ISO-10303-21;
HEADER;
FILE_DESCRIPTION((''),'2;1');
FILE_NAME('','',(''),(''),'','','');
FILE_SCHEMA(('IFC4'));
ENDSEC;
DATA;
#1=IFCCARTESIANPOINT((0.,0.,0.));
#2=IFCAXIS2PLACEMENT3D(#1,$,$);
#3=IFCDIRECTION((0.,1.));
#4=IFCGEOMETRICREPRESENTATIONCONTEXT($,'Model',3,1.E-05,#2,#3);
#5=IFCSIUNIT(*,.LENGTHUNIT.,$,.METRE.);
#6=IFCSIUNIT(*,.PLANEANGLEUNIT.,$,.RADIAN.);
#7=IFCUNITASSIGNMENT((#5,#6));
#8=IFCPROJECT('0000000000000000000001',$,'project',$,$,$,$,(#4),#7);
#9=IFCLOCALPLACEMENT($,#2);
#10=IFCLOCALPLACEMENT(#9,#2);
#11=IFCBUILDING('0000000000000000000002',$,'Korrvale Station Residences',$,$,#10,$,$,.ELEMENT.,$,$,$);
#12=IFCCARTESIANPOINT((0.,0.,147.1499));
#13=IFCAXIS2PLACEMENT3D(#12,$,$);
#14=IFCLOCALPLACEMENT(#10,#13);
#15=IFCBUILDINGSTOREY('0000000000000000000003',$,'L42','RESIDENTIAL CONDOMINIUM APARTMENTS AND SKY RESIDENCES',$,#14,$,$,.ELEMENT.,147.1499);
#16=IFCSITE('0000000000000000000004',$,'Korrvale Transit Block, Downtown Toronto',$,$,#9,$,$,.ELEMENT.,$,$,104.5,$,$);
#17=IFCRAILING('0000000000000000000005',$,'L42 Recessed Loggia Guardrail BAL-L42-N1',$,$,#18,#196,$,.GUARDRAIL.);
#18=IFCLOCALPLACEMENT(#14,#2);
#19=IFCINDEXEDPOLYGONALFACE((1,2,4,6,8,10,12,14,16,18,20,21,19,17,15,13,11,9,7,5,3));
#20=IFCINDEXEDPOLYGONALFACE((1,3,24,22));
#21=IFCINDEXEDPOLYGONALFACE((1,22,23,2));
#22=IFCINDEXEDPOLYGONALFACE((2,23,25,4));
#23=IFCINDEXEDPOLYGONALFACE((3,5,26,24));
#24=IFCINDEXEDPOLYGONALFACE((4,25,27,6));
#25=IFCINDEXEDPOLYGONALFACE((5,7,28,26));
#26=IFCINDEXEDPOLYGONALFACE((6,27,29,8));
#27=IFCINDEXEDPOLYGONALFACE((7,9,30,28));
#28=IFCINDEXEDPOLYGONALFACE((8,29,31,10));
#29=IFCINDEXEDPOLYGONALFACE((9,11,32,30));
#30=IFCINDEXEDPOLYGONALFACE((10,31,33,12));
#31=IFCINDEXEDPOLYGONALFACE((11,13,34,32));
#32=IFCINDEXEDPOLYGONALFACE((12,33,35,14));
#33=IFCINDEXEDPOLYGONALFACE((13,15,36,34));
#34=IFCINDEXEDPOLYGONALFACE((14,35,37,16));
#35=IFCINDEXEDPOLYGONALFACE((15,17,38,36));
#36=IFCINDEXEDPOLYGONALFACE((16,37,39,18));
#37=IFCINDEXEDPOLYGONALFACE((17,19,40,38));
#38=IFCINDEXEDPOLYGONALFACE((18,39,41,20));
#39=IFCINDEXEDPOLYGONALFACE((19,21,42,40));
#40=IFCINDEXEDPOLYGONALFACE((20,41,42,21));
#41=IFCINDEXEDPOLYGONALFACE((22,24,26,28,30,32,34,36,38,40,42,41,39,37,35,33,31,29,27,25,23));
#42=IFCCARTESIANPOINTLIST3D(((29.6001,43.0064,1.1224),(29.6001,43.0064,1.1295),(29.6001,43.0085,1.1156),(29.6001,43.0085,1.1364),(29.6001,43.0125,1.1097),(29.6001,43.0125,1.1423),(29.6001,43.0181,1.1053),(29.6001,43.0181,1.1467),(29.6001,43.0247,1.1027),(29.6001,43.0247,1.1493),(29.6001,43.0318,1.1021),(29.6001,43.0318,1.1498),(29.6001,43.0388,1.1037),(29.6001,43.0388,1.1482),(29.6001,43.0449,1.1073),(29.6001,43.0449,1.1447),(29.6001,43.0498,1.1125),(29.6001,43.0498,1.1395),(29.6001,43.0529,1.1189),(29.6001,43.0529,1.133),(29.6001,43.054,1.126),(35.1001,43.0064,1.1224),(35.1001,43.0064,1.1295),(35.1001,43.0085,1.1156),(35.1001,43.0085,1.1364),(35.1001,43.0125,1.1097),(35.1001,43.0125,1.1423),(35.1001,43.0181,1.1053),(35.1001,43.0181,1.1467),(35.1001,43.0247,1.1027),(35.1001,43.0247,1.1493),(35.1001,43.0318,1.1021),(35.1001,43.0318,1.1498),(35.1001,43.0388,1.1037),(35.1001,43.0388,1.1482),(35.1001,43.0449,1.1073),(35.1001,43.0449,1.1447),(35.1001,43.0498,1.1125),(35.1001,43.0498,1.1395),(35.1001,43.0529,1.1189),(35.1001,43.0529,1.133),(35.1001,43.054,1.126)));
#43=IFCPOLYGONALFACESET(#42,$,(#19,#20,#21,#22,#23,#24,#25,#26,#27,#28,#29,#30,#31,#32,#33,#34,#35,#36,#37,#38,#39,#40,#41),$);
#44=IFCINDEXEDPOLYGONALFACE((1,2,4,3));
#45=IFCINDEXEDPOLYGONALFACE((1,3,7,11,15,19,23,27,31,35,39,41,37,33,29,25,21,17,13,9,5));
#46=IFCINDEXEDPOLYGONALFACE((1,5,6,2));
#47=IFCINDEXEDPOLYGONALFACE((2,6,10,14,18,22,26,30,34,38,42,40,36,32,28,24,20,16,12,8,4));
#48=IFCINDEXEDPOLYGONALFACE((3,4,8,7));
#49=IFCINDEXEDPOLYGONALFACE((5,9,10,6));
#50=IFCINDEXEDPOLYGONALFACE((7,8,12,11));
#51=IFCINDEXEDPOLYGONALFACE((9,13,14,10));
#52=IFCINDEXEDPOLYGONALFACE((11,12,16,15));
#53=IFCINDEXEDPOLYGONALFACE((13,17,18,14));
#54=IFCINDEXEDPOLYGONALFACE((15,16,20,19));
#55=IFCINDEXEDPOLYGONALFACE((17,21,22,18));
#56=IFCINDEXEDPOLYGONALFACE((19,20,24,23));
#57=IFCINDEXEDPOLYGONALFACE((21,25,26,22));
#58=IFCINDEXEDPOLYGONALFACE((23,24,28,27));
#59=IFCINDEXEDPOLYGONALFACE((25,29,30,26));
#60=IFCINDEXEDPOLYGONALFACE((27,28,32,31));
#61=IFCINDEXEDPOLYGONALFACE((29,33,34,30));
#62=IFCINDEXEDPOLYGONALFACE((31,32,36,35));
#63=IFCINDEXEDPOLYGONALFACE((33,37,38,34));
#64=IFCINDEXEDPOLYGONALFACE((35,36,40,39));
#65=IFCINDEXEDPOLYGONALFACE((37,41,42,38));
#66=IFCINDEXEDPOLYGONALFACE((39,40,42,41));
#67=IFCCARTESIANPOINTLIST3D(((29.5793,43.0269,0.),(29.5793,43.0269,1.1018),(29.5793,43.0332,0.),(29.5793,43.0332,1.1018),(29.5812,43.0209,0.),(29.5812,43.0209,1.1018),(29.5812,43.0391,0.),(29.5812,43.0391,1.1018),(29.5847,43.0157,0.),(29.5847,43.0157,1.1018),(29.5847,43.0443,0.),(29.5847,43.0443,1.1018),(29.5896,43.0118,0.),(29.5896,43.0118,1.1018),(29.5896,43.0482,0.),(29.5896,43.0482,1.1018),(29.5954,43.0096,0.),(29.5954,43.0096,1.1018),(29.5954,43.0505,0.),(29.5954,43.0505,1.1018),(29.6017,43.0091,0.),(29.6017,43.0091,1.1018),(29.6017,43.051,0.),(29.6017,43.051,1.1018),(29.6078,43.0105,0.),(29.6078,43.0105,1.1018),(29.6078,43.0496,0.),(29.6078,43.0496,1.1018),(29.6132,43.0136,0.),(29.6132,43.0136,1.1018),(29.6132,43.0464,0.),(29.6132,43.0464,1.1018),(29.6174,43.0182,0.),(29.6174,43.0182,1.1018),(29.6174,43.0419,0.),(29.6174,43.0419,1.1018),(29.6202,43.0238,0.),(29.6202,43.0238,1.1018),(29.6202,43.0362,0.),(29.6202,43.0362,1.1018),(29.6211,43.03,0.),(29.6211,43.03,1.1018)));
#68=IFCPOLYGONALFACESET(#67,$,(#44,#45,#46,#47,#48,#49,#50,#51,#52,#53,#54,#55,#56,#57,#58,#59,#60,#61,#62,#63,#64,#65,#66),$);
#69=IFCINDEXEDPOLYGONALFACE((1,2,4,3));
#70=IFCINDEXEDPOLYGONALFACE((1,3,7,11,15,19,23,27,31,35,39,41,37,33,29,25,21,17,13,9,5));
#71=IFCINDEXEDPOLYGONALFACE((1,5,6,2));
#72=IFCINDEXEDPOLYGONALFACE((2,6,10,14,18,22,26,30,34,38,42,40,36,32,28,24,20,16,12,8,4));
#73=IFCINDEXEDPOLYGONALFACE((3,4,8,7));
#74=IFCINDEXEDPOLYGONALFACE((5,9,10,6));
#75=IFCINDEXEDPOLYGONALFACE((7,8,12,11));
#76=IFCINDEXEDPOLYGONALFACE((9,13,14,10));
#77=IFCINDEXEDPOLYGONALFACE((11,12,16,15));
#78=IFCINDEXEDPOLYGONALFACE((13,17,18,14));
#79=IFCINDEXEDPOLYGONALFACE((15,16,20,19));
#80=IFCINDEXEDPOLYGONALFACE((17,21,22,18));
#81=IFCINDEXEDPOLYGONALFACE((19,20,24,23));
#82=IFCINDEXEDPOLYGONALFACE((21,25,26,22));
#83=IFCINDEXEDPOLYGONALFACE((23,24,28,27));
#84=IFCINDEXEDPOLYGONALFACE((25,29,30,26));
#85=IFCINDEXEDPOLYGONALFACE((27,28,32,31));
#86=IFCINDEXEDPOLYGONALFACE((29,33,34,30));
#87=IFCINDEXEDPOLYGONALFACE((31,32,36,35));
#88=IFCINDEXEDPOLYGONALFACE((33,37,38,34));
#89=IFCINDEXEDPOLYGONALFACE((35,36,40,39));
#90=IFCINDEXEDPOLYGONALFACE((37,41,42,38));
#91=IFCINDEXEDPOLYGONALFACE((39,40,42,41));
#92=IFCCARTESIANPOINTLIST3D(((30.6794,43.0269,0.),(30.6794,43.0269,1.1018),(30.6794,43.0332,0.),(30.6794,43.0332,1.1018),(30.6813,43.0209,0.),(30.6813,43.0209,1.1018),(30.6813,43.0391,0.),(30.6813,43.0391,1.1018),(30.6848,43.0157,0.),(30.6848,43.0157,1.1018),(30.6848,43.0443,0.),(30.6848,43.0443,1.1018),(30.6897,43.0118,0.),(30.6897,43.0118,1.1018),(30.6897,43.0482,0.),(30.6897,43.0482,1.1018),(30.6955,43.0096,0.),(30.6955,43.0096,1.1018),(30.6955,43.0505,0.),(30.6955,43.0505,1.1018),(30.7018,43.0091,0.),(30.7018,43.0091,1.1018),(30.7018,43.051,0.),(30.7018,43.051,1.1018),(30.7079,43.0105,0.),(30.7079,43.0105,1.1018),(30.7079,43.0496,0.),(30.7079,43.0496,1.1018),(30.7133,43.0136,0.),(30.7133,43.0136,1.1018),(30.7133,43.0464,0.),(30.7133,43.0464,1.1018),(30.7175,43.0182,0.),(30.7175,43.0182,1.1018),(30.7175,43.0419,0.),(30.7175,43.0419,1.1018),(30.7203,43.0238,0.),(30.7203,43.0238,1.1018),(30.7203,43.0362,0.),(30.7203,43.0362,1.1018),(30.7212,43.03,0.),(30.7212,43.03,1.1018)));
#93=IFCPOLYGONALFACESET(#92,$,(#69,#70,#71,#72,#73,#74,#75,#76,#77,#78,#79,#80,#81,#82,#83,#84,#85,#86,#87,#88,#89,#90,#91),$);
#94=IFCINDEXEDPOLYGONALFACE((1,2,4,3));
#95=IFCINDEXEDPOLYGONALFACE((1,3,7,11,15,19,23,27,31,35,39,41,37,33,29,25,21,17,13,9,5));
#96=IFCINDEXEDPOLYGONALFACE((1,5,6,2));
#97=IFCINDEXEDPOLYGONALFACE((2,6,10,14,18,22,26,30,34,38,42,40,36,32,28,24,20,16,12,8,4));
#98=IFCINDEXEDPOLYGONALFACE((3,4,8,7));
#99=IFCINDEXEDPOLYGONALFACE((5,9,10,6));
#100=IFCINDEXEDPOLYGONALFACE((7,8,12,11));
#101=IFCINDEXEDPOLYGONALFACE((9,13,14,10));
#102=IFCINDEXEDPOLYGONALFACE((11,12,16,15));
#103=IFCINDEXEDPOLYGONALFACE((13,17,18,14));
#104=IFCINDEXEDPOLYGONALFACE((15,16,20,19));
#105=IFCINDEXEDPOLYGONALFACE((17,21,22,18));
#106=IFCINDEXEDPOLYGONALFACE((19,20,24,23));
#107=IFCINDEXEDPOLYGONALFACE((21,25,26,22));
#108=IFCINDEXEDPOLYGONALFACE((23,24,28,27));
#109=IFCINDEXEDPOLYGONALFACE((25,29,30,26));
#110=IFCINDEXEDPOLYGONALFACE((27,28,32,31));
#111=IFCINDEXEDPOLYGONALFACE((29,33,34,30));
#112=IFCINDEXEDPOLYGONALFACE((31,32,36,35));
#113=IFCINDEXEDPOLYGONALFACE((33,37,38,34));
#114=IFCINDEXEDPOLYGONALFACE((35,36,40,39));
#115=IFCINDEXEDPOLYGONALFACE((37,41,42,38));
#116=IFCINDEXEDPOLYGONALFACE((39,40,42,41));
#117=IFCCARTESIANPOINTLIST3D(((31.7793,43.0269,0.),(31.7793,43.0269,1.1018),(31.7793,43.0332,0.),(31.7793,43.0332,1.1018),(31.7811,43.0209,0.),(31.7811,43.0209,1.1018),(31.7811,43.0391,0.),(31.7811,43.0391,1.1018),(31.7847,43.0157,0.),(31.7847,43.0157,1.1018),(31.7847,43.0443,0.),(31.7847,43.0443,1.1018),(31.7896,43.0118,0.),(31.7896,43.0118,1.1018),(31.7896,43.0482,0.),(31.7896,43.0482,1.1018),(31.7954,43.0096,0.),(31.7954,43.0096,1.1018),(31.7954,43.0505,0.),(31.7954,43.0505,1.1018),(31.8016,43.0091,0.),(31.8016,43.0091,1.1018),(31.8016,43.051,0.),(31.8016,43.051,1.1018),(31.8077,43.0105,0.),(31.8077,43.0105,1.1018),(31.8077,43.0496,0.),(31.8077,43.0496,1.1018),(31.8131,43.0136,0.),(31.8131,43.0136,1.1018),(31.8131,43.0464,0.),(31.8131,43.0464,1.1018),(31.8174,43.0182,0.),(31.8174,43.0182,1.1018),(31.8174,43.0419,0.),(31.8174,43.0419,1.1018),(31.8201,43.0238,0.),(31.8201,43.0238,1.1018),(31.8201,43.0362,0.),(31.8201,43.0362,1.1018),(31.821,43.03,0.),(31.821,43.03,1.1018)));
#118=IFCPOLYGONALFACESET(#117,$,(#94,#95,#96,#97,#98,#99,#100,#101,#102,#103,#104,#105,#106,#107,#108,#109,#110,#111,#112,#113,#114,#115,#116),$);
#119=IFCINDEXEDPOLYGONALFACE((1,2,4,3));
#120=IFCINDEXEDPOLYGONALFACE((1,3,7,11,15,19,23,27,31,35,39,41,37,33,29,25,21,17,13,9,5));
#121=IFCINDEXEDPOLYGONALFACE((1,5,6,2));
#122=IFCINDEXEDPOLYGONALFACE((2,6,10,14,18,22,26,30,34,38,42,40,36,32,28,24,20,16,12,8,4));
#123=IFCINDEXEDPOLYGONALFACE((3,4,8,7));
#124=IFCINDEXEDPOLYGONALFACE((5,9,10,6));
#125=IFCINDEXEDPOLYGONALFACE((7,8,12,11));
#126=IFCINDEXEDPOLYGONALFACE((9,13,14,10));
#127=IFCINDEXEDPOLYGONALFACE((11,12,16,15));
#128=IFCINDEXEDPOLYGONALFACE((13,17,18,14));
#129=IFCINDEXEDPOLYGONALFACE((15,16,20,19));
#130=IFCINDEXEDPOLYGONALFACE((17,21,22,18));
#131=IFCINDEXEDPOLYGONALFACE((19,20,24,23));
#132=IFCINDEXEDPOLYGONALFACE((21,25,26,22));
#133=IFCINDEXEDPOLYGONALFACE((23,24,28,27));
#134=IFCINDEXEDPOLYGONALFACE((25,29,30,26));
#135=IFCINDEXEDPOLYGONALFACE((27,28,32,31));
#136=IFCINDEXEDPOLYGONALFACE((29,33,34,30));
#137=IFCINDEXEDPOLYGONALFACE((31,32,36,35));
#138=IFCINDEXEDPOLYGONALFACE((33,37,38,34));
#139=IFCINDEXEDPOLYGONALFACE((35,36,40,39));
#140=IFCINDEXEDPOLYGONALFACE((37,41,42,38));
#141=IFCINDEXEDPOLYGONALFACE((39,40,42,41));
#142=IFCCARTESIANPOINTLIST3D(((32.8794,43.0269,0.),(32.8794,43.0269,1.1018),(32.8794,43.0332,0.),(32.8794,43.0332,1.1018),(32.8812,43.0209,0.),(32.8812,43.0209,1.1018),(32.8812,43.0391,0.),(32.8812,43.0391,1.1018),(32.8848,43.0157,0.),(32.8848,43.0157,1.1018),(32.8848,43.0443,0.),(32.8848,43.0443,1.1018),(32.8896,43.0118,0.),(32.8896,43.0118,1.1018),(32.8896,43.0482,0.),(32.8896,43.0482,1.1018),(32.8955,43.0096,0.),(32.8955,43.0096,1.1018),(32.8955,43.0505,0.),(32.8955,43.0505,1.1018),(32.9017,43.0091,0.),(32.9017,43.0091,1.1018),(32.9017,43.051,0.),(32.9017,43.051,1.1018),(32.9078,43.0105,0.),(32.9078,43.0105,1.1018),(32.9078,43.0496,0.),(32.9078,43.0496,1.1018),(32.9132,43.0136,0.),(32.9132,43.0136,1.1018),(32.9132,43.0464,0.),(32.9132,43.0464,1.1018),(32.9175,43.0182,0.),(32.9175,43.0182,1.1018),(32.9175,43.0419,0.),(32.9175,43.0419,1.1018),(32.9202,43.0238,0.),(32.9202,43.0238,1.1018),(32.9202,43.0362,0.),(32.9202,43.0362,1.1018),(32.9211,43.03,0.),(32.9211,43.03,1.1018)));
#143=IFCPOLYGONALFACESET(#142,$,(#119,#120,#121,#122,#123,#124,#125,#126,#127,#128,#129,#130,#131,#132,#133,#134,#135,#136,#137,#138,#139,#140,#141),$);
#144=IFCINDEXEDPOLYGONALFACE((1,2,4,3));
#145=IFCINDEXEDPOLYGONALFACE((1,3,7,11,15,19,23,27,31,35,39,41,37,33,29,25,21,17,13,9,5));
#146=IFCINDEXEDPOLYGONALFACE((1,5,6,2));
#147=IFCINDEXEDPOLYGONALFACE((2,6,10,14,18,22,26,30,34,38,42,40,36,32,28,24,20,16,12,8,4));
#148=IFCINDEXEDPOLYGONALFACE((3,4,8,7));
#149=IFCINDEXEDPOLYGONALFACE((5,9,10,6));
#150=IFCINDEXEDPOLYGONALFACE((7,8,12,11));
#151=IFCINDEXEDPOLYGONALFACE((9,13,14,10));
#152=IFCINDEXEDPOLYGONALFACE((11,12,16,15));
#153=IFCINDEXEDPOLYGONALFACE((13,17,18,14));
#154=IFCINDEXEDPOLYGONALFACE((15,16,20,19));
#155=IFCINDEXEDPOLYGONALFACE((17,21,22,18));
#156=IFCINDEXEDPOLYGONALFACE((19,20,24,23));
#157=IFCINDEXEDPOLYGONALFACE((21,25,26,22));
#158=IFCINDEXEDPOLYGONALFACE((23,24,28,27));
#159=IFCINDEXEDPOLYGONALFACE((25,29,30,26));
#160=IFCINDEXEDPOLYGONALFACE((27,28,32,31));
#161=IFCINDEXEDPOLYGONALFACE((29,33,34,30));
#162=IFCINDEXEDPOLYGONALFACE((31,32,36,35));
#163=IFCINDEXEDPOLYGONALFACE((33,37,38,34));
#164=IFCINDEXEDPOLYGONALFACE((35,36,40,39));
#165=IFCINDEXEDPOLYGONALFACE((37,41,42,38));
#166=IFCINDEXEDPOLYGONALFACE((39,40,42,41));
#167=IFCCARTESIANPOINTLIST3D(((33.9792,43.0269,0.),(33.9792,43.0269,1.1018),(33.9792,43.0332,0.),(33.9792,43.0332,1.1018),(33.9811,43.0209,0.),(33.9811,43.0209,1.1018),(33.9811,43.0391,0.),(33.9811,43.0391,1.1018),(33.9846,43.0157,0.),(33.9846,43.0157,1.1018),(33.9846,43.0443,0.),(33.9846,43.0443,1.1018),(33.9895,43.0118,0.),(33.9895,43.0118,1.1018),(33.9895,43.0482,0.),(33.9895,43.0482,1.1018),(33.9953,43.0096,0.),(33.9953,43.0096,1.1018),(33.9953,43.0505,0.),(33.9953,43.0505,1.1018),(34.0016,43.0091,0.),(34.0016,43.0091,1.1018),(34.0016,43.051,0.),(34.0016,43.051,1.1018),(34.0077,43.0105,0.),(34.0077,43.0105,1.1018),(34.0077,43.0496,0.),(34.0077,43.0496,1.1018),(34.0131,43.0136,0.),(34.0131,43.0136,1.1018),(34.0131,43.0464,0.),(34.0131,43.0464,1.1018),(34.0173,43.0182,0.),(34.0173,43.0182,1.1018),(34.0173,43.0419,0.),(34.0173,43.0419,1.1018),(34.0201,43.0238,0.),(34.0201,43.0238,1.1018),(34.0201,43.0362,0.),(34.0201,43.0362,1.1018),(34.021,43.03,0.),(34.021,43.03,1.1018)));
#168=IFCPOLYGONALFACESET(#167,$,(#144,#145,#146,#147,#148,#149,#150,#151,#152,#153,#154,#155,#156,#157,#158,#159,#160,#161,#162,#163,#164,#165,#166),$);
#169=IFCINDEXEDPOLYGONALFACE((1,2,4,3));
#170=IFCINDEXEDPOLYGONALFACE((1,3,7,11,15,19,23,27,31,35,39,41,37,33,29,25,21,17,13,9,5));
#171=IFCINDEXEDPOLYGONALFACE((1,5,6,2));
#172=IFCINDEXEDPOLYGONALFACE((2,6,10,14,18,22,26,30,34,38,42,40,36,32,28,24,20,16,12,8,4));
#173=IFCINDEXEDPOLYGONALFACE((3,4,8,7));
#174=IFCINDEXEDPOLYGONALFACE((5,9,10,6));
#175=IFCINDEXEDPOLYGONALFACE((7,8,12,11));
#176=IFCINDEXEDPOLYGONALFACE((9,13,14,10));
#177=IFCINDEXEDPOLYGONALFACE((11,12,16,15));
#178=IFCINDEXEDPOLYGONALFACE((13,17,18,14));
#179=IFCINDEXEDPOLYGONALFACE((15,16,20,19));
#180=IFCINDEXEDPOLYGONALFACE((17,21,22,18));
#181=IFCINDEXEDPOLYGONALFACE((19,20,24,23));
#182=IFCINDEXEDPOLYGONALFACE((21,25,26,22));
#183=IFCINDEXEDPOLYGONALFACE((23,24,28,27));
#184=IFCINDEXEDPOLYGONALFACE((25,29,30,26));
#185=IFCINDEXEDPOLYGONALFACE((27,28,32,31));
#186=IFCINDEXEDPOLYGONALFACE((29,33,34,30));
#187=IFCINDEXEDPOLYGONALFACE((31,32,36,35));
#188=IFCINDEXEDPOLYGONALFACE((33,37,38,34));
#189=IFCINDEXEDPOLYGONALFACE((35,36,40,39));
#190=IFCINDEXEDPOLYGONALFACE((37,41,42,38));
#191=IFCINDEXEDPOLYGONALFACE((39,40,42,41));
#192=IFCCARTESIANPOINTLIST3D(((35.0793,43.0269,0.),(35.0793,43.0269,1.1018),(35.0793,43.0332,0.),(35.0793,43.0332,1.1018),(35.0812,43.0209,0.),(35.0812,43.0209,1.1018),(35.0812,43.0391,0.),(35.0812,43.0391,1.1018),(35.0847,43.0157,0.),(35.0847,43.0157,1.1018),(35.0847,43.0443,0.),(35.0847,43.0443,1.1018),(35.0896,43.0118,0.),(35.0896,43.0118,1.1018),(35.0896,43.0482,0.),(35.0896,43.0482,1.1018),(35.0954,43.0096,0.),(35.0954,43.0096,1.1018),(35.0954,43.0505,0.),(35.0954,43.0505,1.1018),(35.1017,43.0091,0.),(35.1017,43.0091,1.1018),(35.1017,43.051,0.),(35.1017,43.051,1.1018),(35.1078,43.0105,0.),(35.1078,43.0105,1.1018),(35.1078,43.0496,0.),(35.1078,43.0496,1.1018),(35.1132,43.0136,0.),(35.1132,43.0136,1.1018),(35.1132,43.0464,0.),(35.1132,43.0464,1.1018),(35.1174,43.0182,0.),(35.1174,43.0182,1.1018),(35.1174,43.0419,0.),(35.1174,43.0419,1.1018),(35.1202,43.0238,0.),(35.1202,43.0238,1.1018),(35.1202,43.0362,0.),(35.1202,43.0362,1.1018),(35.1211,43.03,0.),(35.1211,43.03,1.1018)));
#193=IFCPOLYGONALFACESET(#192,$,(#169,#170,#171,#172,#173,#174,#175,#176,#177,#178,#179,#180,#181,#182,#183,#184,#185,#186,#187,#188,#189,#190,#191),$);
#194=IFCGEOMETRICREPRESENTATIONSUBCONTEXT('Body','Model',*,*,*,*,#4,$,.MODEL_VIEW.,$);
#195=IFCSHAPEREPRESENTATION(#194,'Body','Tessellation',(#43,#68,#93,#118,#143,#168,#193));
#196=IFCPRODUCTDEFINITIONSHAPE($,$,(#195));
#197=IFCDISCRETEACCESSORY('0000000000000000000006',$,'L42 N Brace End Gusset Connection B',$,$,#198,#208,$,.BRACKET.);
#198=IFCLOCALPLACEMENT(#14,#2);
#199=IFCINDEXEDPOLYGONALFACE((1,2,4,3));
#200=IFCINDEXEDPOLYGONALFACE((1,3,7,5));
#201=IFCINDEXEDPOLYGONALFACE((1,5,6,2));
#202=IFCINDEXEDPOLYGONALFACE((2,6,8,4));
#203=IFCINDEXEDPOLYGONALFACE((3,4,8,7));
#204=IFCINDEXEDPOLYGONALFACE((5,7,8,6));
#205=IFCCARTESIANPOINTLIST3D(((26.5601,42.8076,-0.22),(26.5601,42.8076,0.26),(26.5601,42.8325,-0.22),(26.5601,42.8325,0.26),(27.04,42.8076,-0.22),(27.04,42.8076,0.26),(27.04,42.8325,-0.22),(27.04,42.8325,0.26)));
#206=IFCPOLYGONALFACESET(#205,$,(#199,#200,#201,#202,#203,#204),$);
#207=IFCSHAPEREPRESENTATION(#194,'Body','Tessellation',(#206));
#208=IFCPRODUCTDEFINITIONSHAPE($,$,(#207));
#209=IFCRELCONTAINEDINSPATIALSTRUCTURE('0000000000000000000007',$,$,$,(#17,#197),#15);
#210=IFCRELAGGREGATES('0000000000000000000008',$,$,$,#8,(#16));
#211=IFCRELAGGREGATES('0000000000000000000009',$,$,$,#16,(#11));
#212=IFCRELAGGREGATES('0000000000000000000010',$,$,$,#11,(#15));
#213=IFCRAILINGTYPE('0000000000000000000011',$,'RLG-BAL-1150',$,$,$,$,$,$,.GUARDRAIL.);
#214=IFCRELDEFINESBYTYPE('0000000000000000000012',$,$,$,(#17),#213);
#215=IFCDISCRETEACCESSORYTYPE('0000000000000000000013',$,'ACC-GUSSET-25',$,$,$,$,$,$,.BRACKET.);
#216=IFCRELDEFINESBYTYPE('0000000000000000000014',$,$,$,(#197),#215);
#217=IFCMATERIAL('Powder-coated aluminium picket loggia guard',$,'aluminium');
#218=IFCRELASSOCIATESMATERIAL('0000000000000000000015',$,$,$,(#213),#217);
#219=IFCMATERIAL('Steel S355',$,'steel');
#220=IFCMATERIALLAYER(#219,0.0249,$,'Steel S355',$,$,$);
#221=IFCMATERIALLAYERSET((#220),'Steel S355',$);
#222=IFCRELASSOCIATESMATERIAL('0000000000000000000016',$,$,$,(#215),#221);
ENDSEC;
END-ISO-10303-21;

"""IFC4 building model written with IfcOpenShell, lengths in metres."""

from ifc_helpers import new_model, si_unit, direction, frame, origin, origin_2d, place, context, subcontext, project, spatial, rectangle, circle, extrude, material, layer, layer_set, type_object, element, save


model = new_model("IFC4")

# Units and contexts
model_context = context("Model", 3, precision=1e-05, world=origin(), true_north=direction((0.0, 1.0)))
body_context = subcontext(model_context, "Body", "Model", "MODEL_VIEW")
ifc_project = project(units=[si_unit("LENGTHUNIT", "METRE"), si_unit("PLANEANGLEUNIT", "RADIAN")], contexts=[model_context])

# Site, building, storey
site_placement = place(None, origin())
site = spatial("IfcSite", under=ifc_project, at=site_placement, Name="Korrvale Transit Block, Downtown Toronto", CompositionType="ELEMENT", RefElevation=104.5)
building_placement = place(site_placement, origin())
building = spatial("IfcBuilding", under=site, at=building_placement, Name="Korrvale Station Residences", CompositionType="ELEMENT")
storey_placement = place(building_placement, frame((0.0, 0.0, 147.1499)))
storey = spatial("IfcBuildingStorey", under=building, at=storey_placement, Name="L42", Description="RESIDENTIAL CONDOMINIUM APARTMENTS AND SKY RESIDENCES", CompositionType="ELEMENT", Elevation=147.1499)

# Shared definitions
ifc_material_1 = material(Name="Steel S355", Category="steel")

# Railing
ifc_material_2 = material(Name="Powder-coated aluminium picket loggia guard", Category="aluminium")
railing_type = type_object("IfcRailingType", Name="RLG-BAL-1150", PredefinedType="GUARDRAIL", material=ifc_material_2)
railing_placement = place(storey_placement, frame((29.6001, 43.03, 0.0)))
element("IfcRailing", 1, at=railing_placement, inside=storey, type_object=railing_type, Name="L42 Recessed Loggia Guardrail BAL-L42-N1", PredefinedType="GUARDRAIL", context=body_context, shape_type="SweptSolid", body=[
    extrude(circle(Radius=0.0239, at=origin_2d()), frame((0.0, 0.0, 1.126), z_axis=(1.0, 0.0, 0.0), x_axis=(0.0, 1.0, 0.0)), (0.0, 0.0, 1.0), 5.5),
    extrude(circle(Radius=0.021, at=origin_2d()), origin(), (0.0, 0.0, 1.0), 1.1018),
    extrude(circle(Radius=0.021, at=origin_2d()), frame((1.1001, 0.0, 0.0)), (0.0, 0.0, 1.0), 1.1018),
    extrude(circle(Radius=0.021, at=origin_2d()), frame((2.2, 0.0, 0.0)), (0.0, 0.0, 1.0), 1.1018),
    extrude(circle(Radius=0.021, at=origin_2d()), frame((3.3, 0.0, 0.0)), (0.0, 0.0, 1.0), 1.1018),
    extrude(circle(Radius=0.021, at=origin_2d()), frame((4.3999, 0.0, 0.0)), (0.0, 0.0, 1.0), 1.1018),
    extrude(circle(Radius=0.021, at=origin_2d()), frame((5.5, 0.0, 0.0)), (0.0, 0.0, 1.0), 1.1018),
])

# Discrete accessory
ifc_layer_1 = layer(ifc_material_1, 0.0249, Name="Steel S355")
ifc_layer_set_1 = layer_set([ifc_layer_1], Name="Steel S355")
discrete_accessory_type = type_object("IfcDiscreteAccessoryType", Name="ACC-GUSSET-25", PredefinedType="BRACKET", material=ifc_layer_set_1)
for number, where, z_axis, x_axis, name in (
    (2, (26.8, 42.8201, -0.22), (0.0, 0.0, 1.0), (1.0, 0.0, 0.0), "L42 N Brace End Gusset Connection B"),
):
    element("IfcDiscreteAccessory", number, at=place(storey_placement, frame(where, z_axis=z_axis, x_axis=x_axis)), inside=storey, type_object=discrete_accessory_type, Name=name, PredefinedType="BRACKET", context=body_context, shape_type="SweptSolid", body=[
        extrude(rectangle(XDim=0.48, YDim=0.0249, at=origin_2d()), origin(), (0.0, 0.0, 1.0), 0.48),
    ])

save(model, "model.ifc")
